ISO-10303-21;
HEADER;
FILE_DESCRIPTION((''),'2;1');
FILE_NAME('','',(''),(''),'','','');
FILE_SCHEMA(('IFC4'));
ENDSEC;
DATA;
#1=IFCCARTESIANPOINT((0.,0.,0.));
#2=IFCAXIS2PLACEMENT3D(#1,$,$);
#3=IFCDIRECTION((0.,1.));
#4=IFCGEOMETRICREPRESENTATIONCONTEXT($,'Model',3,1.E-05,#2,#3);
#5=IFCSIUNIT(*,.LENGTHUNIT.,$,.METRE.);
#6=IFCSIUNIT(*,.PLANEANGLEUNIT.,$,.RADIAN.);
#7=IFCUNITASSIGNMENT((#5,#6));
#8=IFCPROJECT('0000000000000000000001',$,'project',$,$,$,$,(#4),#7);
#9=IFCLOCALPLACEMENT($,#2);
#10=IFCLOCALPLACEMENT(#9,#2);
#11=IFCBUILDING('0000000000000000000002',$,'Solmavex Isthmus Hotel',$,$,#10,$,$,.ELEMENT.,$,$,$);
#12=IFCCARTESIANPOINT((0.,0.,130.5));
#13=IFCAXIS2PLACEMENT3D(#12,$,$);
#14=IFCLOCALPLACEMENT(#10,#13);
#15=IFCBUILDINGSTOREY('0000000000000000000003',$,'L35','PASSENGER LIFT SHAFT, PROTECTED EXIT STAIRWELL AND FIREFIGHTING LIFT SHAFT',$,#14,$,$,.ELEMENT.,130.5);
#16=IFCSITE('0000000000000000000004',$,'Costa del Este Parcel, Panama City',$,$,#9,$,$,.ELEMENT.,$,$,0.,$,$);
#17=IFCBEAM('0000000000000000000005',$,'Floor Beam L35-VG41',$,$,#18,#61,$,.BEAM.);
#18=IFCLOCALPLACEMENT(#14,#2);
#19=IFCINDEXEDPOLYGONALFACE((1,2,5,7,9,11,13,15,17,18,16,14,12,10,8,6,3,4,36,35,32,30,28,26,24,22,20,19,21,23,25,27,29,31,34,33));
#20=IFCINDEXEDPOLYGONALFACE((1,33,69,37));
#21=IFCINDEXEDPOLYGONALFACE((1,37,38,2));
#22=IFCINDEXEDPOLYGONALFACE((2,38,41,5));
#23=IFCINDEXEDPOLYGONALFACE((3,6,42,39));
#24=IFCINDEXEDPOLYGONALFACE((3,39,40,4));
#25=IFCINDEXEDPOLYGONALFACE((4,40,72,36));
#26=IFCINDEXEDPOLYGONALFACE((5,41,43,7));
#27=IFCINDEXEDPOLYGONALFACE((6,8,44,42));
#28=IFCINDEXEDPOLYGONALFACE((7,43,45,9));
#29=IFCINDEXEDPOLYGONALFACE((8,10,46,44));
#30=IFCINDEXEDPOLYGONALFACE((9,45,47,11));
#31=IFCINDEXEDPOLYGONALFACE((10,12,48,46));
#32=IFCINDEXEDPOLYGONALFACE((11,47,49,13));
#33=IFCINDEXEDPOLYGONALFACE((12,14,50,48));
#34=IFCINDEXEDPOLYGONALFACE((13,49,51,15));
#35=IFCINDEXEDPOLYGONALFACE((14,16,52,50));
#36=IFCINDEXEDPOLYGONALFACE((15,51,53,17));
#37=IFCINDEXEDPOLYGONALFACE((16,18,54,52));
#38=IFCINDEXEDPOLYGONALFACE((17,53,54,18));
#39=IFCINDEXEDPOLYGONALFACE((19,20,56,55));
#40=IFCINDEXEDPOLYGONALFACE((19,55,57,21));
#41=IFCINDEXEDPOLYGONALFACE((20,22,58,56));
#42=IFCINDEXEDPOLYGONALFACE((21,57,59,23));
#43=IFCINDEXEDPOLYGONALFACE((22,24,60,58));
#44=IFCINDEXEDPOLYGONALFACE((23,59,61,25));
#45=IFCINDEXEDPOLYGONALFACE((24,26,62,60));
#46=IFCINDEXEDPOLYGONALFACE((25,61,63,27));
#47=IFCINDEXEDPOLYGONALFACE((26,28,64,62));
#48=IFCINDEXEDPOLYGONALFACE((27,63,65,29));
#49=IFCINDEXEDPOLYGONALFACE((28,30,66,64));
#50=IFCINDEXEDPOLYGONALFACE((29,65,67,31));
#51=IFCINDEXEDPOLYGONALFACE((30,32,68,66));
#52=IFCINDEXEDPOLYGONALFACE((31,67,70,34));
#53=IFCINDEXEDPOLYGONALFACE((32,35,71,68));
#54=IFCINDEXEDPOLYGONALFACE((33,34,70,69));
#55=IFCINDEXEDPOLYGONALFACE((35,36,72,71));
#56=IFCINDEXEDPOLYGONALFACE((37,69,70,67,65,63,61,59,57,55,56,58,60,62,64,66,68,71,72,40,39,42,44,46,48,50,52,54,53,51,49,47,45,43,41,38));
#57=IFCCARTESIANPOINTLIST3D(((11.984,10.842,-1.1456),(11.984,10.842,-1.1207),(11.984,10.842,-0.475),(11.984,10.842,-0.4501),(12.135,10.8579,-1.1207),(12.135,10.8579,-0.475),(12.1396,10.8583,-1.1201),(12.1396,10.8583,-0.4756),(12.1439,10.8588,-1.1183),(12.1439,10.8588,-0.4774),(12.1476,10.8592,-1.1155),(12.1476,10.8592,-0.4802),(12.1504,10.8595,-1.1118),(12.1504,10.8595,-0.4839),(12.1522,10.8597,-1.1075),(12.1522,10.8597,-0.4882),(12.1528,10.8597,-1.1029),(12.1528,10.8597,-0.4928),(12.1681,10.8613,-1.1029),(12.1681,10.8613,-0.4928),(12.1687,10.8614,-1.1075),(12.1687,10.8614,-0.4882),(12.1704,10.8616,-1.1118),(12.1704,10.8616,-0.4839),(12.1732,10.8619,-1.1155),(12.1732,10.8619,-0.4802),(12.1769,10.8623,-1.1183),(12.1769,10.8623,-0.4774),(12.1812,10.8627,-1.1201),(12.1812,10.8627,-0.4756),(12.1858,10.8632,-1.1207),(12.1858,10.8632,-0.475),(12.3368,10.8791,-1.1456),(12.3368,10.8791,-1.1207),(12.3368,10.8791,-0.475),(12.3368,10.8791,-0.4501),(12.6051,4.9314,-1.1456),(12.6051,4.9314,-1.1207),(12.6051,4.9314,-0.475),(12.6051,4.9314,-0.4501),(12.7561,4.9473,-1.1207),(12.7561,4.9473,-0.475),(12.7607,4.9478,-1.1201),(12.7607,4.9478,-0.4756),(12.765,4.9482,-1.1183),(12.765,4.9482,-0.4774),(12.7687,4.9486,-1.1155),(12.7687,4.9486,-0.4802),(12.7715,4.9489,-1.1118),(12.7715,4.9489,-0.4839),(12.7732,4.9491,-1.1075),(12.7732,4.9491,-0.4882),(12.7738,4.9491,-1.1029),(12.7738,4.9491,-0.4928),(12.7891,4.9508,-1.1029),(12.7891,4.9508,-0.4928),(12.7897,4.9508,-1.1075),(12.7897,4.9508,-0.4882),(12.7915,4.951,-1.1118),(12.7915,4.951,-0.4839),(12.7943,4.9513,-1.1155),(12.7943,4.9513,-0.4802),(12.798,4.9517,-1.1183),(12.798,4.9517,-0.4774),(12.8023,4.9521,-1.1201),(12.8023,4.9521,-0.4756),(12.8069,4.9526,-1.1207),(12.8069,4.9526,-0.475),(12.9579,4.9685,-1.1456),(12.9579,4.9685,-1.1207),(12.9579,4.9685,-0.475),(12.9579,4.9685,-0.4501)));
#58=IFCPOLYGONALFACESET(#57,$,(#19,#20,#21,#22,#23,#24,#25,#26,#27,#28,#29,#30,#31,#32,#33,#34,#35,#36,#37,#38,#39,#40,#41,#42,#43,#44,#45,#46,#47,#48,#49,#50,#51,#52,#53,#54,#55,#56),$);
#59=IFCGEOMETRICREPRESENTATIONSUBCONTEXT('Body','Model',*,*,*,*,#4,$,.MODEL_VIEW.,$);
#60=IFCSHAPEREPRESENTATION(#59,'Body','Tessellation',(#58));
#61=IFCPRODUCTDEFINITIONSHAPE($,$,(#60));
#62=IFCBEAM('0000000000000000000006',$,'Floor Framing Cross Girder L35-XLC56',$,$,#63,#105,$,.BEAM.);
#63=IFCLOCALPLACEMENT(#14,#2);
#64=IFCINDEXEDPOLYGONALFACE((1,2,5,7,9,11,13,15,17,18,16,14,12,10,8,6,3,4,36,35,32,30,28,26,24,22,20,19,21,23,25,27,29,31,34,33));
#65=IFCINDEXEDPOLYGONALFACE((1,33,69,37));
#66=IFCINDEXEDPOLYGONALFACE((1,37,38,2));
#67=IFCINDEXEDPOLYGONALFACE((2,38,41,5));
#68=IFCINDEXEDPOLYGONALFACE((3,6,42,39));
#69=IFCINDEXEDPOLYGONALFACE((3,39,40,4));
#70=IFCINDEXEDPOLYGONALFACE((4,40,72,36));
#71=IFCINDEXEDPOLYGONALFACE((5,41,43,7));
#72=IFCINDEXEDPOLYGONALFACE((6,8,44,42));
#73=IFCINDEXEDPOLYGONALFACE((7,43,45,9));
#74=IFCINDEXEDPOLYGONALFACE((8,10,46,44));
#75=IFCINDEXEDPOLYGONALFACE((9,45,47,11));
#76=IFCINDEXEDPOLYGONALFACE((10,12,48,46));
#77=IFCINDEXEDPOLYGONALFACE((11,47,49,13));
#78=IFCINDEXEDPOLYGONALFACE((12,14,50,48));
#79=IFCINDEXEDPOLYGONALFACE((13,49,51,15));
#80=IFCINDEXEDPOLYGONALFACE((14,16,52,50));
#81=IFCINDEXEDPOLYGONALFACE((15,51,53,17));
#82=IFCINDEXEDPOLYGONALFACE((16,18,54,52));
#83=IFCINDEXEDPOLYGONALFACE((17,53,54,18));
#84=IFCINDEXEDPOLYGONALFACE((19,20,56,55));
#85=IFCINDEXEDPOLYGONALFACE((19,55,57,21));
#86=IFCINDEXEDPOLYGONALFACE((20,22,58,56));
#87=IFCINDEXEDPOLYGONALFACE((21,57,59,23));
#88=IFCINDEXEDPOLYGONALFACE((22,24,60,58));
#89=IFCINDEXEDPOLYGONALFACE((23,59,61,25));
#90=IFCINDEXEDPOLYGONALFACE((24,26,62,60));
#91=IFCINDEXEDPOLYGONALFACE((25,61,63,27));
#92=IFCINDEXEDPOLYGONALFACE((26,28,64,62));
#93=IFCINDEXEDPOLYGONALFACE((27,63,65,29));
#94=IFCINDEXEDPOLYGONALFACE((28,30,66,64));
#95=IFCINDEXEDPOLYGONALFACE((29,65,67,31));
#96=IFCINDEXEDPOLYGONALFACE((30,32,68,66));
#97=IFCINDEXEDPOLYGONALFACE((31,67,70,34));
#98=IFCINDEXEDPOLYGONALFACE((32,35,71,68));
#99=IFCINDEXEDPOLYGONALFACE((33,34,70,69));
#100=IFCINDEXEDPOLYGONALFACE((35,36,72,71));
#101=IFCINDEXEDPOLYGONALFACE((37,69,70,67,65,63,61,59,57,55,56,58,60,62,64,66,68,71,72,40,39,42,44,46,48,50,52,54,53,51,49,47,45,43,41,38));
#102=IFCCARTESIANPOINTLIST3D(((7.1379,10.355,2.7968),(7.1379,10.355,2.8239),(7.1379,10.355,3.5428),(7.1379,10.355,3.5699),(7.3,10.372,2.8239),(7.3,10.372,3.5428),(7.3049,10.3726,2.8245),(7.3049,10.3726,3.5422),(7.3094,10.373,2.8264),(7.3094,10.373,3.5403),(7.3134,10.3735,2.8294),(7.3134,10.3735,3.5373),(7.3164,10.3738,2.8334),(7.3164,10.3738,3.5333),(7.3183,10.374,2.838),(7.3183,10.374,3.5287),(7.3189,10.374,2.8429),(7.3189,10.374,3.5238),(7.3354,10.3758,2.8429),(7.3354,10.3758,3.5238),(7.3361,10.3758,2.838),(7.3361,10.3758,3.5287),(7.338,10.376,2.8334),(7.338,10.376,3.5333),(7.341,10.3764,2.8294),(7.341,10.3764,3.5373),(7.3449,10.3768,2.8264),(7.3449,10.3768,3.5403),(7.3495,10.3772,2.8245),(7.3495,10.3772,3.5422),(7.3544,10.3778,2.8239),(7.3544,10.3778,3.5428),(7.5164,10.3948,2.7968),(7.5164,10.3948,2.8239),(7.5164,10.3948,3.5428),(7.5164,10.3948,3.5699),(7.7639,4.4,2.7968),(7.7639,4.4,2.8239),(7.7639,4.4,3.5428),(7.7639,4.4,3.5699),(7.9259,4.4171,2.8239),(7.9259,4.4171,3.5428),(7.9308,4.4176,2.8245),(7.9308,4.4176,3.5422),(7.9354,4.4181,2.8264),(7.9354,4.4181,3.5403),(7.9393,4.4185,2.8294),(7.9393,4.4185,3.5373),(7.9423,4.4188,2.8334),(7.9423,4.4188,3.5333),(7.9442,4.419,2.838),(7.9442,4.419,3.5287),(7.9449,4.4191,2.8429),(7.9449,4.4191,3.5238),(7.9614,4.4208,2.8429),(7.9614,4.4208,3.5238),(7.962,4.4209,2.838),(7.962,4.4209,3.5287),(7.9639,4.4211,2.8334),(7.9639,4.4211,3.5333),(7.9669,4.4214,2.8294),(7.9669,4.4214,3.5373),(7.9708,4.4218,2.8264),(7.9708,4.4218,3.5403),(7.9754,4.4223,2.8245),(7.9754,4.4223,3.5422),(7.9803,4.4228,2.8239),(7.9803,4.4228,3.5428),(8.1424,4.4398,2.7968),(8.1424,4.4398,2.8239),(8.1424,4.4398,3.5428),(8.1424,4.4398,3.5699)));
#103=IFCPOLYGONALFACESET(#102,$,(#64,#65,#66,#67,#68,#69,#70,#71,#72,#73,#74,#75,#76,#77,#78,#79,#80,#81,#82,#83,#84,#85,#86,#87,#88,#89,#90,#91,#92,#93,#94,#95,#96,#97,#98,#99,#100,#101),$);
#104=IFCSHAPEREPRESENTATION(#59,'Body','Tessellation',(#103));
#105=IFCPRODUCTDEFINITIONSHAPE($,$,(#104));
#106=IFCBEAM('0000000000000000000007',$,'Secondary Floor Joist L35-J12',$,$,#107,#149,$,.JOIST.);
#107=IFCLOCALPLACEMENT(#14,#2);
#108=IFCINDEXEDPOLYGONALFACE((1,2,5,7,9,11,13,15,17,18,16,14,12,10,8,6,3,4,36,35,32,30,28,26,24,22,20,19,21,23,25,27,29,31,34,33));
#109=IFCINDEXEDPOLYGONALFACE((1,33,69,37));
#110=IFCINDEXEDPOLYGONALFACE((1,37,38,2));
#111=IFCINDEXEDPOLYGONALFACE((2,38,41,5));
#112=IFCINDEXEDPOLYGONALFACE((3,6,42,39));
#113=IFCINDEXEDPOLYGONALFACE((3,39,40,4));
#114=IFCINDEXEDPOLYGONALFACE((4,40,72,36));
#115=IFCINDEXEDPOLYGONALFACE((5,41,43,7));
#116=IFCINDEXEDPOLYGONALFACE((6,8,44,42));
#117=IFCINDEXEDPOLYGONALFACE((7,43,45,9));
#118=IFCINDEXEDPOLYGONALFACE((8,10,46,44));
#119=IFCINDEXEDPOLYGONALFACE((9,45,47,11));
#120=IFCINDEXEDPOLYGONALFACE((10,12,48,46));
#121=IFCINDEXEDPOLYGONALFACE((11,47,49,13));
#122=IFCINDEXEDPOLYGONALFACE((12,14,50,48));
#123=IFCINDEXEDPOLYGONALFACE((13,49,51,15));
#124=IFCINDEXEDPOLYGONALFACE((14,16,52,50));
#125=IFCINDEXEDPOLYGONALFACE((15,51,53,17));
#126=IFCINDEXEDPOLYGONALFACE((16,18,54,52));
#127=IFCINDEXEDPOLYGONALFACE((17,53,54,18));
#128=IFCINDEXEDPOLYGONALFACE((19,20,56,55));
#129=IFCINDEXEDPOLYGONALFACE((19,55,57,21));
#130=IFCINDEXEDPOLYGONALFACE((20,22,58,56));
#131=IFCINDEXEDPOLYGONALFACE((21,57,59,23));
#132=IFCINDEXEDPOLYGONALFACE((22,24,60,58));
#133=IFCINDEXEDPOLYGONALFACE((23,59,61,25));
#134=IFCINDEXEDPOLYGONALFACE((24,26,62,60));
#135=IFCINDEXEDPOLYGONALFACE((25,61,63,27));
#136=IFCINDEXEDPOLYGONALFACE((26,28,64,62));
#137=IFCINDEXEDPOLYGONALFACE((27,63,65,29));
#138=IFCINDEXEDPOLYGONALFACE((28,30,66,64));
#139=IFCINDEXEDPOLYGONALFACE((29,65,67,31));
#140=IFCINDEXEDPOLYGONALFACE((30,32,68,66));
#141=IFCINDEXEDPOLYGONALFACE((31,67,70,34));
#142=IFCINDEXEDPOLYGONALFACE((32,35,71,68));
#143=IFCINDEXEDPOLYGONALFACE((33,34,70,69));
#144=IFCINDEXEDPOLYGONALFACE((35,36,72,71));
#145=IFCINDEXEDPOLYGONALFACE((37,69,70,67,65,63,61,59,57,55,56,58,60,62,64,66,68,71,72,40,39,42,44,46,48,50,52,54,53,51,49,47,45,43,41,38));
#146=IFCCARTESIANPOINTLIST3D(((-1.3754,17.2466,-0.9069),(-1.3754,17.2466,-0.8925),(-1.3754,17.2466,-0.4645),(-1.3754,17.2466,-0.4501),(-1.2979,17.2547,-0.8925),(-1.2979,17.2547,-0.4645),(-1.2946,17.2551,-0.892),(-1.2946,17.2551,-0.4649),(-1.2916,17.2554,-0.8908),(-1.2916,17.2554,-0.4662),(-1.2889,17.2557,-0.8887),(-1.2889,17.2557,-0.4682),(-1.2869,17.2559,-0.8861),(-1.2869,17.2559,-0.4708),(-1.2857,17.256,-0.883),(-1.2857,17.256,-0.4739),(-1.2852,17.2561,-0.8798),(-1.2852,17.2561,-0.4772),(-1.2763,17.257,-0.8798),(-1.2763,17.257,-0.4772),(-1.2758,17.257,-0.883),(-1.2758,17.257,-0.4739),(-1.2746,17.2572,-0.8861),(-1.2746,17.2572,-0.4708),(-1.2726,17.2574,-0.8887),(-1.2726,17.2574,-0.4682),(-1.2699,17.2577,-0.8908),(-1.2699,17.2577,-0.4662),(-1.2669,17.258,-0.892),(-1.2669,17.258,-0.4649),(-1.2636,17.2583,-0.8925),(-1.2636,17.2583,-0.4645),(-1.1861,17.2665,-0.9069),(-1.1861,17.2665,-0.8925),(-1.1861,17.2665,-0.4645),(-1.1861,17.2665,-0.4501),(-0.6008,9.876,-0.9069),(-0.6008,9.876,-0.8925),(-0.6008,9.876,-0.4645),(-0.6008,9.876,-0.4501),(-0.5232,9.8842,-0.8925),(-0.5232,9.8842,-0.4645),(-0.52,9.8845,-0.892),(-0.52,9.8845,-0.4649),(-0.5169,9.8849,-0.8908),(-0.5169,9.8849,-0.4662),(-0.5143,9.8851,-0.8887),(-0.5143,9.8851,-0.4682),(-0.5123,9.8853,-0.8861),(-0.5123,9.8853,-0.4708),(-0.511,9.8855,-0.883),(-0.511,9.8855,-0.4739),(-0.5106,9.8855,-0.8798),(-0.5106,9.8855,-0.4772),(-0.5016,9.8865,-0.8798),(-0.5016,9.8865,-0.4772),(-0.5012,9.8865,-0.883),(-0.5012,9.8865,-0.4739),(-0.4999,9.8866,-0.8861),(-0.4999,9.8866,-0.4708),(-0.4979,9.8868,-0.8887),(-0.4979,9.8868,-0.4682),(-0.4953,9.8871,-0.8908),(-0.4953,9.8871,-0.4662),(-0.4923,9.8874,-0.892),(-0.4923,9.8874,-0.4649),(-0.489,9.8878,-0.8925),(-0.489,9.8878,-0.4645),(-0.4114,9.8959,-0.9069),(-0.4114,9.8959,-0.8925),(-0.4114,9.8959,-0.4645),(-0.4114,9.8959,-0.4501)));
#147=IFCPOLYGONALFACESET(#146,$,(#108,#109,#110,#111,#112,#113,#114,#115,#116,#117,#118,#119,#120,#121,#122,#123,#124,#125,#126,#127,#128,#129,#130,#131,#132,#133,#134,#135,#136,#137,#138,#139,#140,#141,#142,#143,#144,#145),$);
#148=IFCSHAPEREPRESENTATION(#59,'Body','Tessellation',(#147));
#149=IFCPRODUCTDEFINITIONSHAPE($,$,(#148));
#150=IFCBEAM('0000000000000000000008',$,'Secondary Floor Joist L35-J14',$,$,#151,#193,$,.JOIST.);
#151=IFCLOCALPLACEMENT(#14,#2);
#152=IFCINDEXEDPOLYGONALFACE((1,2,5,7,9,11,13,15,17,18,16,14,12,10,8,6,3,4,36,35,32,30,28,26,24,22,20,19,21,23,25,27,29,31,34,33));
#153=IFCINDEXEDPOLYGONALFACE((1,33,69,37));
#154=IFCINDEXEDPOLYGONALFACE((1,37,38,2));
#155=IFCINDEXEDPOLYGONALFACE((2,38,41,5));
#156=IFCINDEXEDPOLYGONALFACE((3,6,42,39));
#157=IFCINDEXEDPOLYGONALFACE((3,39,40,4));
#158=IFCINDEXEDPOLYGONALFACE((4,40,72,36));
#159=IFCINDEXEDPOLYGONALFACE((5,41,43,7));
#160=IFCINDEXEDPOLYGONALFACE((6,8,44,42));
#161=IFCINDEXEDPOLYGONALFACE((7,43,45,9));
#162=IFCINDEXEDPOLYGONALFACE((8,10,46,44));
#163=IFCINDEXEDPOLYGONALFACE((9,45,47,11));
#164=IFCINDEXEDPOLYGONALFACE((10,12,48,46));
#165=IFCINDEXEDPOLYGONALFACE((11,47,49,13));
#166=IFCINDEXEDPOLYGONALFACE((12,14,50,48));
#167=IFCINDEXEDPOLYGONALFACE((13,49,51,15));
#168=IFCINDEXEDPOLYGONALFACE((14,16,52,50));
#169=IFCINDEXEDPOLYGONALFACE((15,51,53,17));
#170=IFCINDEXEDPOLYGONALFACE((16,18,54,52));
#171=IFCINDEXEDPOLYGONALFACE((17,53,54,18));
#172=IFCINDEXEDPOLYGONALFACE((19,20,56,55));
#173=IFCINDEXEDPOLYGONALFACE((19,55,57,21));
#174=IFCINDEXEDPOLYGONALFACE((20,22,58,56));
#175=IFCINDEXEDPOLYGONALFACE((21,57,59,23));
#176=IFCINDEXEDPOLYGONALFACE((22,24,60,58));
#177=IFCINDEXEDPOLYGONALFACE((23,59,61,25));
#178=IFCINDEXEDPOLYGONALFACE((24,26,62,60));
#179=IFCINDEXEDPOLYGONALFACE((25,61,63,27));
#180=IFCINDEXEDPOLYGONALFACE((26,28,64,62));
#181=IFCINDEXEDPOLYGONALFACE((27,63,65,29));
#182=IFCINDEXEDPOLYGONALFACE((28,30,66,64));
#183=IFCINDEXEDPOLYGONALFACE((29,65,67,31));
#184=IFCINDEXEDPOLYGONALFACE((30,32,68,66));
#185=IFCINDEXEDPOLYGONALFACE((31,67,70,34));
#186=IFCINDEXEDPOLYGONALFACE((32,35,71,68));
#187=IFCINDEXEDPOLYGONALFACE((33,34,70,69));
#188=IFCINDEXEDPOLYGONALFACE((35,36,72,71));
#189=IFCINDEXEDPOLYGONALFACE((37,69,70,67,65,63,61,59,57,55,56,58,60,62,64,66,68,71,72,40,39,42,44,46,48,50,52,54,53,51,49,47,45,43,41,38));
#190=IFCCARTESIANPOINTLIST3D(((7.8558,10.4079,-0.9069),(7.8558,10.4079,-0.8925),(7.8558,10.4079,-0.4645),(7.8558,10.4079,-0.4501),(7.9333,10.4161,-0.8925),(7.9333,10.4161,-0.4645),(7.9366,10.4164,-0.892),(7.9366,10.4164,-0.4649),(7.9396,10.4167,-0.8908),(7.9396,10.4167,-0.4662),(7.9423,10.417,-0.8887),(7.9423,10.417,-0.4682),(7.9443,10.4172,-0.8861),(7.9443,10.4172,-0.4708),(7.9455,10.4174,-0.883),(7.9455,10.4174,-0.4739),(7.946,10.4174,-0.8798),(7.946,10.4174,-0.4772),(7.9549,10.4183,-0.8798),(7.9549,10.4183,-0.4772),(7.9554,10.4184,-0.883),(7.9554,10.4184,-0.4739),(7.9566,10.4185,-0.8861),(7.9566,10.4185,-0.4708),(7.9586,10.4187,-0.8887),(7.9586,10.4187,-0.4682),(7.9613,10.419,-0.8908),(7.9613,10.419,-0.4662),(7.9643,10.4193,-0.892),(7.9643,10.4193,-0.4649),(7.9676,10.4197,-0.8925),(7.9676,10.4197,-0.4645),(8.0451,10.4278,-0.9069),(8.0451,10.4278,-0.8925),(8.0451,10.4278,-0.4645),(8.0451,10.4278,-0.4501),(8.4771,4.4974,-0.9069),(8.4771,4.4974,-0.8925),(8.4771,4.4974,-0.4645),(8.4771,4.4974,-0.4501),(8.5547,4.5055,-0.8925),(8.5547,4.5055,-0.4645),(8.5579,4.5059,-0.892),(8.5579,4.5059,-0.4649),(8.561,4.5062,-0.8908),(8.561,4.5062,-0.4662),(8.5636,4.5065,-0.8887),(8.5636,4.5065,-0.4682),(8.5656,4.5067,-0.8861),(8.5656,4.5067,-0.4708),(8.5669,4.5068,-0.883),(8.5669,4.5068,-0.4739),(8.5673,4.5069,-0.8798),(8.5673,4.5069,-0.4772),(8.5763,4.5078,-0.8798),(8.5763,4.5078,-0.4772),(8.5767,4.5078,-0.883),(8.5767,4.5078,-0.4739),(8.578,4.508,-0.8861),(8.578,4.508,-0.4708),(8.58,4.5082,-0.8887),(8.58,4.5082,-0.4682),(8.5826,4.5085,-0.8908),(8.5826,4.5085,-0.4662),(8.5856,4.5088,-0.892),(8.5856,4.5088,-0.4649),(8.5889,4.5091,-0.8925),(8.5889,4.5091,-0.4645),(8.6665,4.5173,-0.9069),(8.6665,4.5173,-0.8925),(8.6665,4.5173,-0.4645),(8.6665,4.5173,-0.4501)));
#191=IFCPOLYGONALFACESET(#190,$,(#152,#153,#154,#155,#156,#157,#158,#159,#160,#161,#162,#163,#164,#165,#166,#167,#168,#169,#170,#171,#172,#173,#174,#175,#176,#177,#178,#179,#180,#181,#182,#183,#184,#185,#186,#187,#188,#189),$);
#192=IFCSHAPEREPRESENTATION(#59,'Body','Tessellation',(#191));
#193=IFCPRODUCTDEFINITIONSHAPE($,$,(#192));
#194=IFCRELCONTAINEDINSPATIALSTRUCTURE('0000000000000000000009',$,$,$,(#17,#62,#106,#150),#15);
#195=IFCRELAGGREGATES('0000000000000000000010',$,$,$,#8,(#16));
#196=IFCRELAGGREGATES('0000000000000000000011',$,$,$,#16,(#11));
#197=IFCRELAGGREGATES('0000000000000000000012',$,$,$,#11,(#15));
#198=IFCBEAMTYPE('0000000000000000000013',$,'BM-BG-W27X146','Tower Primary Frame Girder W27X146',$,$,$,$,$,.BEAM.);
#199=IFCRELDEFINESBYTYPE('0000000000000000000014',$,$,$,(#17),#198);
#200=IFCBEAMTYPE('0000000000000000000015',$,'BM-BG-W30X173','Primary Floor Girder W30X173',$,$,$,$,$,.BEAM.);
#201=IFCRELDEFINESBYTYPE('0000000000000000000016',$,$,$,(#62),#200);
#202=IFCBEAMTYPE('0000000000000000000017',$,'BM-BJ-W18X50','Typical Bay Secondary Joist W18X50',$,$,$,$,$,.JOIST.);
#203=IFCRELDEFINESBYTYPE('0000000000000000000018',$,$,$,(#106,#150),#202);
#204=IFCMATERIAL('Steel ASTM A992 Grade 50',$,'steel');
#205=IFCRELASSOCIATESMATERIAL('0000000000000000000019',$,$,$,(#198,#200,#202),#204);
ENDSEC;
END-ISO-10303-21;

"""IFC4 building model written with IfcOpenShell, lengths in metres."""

from ifc_helpers import new_model, si_unit, direction, frame, origin, origin_2d, place, context, subcontext, project, spatial, i_section, extrude, material, material_profile, profile_set, type_object, element, save


model = new_model("IFC4")

# Units and contexts
model_context = context("Model", 3, precision=1e-05, world=origin(), true_north=direction((0.0, 1.0)))
body_context = subcontext(model_context, "Body", "Model", "MODEL_VIEW")
ifc_project = project(units=[si_unit("LENGTHUNIT", "METRE"), si_unit("PLANEANGLEUNIT", "RADIAN")], contexts=[model_context])

# Site, building, storey
site_placement = place(None, origin())
site = spatial("IfcSite", under=ifc_project, at=site_placement, Name="Costa del Este Parcel, Panama City", CompositionType="ELEMENT", RefElevation=0.0)
building_placement = place(site_placement, origin())
building = spatial("IfcBuilding", under=site, at=building_placement, Name="Solmavex Isthmus Hotel", CompositionType="ELEMENT")
storey_placement = place(building_placement, frame((0.0, 0.0, 130.5)))
storey = spatial("IfcBuildingStorey", under=building, at=storey_placement, Name="L35", Description="PASSENGER LIFT SHAFT, PROTECTED EXIT STAIRWELL AND FIREFIGHTING LIFT SHAFT", CompositionType="ELEMENT", Elevation=130.5)

# Beams
ifc_material_1 = material(Name="Steel ASTM A992 Grade 50", Category="steel")
ifc_material_profile_1 = material_profile(ifc_material_1, i_section(OverallWidth=0.3547, OverallDepth=0.6956, WebThickness=0.0154, FlangeThickness=0.0249, FilletRadius=0.0178, at=origin_2d()), Name="W27X146")
ifc_profile_set_1 = profile_set([ifc_material_profile_1], Name="Steel ASTM A992 Grade 50")
beam_type_1 = type_object("IfcBeamType", Name="BM-BG-W27X146", Description="Tower Primary Frame Girder W27X146", PredefinedType="BEAM", material=ifc_profile_set_1)
beam_1_placement = place(storey_placement, frame((12.7815, 4.95, -0.7979), z_axis=(-0.104505, 0.994524, 0.0), x_axis=(-0.994524, -0.104505, 0.0)))
element("IfcBeam", 1, at=beam_1_placement, inside=storey, type_object=beam_type_1, Name="Floor Beam L35-VG41", PredefinedType="BEAM", context=body_context, shape_type="SweptSolid", body=[
    extrude(i_section(OverallWidth=0.3547, OverallDepth=0.6956, WebThickness=0.0154, FlangeThickness=0.0249, FilletRadius=0.0178, at=origin_2d()), origin(), (0.0, 0.0, 1.0), 5.9431),
])
ifc_material_profile_2 = material_profile(ifc_material_1, i_section(OverallWidth=0.3806, OverallDepth=0.7732, WebThickness=0.0166, FlangeThickness=0.0271, FilletRadius=0.019, at=origin_2d()), Name="W30X173")
ifc_profile_set_2 = profile_set([ifc_material_profile_2], Name="Steel ASTM A992 Grade 50")
beam_type_2 = type_object("IfcBeamType", Name="BM-BG-W30X173", Description="Primary Floor Girder W30X173", PredefinedType="BEAM", material=ifc_profile_set_2)
beam_2_placement = place(storey_placement, frame((7.9531, 4.4199, 3.1833), z_axis=(-0.10454, 0.994521, 0.0), x_axis=(-0.994521, -0.10454, 0.0)))
element("IfcBeam", 2, at=beam_2_placement, inside=storey, type_object=beam_type_2, Name="Floor Framing Cross Girder L35-XLC56", PredefinedType="BEAM", context=body_context, shape_type="SweptSolid", body=[
    extrude(i_section(OverallWidth=0.3806, OverallDepth=0.7732, WebThickness=0.0166, FlangeThickness=0.0271, FilletRadius=0.019, at=origin_2d()), origin(), (0.0, 0.0, 1.0), 5.9878),
])
ifc_material_profile_3 = material_profile(ifc_material_1, i_section(OverallWidth=0.1904, OverallDepth=0.4568, WebThickness=0.009, FlangeThickness=0.0144, FilletRadius=0.0127, at=origin_2d()), Name="W18X50")
ifc_profile_set_3 = profile_set([ifc_material_profile_3], Name="Steel ASTM A992 Grade 50")
beam_type_3 = type_object("IfcBeamType", Name="BM-BJ-W18X50", Description="Typical Bay Secondary Joist W18X50", PredefinedType="JOIST", material=ifc_profile_set_3)
beam_3_placement = place(storey_placement, frame((-0.5061, 9.886, -0.6785), z_axis=(-0.104525, 0.994522, 0.0), x_axis=(-0.994522, -0.104525, 0.0)))
element("IfcBeam", 3, at=beam_3_placement, inside=storey, type_object=beam_type_3, Name="Secondary Floor Joist L35-J12", PredefinedType="JOIST", context=body_context, shape_type="SweptSolid", body=[
    extrude(i_section(OverallWidth=0.1904, OverallDepth=0.4568, WebThickness=0.009, FlangeThickness=0.0144, FilletRadius=0.0127, at=origin_2d()), origin(), (0.0, 0.0, 1.0), 7.4111),
])
beam_4_placement = place(storey_placement, frame((8.5718, 4.5073, -0.6785), z_axis=(-0.104546, 0.99452, 0.0), x_axis=(-0.99452, -0.104546, 0.0)))
element("IfcBeam", 4, at=beam_4_placement, inside=storey, type_object=beam_type_3, Name="Secondary Floor Joist L35-J14", PredefinedType="JOIST", context=body_context, shape_type="SweptSolid", body=[
    extrude(i_section(OverallWidth=0.1904, OverallDepth=0.4568, WebThickness=0.009, FlangeThickness=0.0144, FilletRadius=0.0127, at=origin_2d()), origin(), (0.0, 0.0, 1.0), 5.9431),
])

save(model, "model.ifc")
